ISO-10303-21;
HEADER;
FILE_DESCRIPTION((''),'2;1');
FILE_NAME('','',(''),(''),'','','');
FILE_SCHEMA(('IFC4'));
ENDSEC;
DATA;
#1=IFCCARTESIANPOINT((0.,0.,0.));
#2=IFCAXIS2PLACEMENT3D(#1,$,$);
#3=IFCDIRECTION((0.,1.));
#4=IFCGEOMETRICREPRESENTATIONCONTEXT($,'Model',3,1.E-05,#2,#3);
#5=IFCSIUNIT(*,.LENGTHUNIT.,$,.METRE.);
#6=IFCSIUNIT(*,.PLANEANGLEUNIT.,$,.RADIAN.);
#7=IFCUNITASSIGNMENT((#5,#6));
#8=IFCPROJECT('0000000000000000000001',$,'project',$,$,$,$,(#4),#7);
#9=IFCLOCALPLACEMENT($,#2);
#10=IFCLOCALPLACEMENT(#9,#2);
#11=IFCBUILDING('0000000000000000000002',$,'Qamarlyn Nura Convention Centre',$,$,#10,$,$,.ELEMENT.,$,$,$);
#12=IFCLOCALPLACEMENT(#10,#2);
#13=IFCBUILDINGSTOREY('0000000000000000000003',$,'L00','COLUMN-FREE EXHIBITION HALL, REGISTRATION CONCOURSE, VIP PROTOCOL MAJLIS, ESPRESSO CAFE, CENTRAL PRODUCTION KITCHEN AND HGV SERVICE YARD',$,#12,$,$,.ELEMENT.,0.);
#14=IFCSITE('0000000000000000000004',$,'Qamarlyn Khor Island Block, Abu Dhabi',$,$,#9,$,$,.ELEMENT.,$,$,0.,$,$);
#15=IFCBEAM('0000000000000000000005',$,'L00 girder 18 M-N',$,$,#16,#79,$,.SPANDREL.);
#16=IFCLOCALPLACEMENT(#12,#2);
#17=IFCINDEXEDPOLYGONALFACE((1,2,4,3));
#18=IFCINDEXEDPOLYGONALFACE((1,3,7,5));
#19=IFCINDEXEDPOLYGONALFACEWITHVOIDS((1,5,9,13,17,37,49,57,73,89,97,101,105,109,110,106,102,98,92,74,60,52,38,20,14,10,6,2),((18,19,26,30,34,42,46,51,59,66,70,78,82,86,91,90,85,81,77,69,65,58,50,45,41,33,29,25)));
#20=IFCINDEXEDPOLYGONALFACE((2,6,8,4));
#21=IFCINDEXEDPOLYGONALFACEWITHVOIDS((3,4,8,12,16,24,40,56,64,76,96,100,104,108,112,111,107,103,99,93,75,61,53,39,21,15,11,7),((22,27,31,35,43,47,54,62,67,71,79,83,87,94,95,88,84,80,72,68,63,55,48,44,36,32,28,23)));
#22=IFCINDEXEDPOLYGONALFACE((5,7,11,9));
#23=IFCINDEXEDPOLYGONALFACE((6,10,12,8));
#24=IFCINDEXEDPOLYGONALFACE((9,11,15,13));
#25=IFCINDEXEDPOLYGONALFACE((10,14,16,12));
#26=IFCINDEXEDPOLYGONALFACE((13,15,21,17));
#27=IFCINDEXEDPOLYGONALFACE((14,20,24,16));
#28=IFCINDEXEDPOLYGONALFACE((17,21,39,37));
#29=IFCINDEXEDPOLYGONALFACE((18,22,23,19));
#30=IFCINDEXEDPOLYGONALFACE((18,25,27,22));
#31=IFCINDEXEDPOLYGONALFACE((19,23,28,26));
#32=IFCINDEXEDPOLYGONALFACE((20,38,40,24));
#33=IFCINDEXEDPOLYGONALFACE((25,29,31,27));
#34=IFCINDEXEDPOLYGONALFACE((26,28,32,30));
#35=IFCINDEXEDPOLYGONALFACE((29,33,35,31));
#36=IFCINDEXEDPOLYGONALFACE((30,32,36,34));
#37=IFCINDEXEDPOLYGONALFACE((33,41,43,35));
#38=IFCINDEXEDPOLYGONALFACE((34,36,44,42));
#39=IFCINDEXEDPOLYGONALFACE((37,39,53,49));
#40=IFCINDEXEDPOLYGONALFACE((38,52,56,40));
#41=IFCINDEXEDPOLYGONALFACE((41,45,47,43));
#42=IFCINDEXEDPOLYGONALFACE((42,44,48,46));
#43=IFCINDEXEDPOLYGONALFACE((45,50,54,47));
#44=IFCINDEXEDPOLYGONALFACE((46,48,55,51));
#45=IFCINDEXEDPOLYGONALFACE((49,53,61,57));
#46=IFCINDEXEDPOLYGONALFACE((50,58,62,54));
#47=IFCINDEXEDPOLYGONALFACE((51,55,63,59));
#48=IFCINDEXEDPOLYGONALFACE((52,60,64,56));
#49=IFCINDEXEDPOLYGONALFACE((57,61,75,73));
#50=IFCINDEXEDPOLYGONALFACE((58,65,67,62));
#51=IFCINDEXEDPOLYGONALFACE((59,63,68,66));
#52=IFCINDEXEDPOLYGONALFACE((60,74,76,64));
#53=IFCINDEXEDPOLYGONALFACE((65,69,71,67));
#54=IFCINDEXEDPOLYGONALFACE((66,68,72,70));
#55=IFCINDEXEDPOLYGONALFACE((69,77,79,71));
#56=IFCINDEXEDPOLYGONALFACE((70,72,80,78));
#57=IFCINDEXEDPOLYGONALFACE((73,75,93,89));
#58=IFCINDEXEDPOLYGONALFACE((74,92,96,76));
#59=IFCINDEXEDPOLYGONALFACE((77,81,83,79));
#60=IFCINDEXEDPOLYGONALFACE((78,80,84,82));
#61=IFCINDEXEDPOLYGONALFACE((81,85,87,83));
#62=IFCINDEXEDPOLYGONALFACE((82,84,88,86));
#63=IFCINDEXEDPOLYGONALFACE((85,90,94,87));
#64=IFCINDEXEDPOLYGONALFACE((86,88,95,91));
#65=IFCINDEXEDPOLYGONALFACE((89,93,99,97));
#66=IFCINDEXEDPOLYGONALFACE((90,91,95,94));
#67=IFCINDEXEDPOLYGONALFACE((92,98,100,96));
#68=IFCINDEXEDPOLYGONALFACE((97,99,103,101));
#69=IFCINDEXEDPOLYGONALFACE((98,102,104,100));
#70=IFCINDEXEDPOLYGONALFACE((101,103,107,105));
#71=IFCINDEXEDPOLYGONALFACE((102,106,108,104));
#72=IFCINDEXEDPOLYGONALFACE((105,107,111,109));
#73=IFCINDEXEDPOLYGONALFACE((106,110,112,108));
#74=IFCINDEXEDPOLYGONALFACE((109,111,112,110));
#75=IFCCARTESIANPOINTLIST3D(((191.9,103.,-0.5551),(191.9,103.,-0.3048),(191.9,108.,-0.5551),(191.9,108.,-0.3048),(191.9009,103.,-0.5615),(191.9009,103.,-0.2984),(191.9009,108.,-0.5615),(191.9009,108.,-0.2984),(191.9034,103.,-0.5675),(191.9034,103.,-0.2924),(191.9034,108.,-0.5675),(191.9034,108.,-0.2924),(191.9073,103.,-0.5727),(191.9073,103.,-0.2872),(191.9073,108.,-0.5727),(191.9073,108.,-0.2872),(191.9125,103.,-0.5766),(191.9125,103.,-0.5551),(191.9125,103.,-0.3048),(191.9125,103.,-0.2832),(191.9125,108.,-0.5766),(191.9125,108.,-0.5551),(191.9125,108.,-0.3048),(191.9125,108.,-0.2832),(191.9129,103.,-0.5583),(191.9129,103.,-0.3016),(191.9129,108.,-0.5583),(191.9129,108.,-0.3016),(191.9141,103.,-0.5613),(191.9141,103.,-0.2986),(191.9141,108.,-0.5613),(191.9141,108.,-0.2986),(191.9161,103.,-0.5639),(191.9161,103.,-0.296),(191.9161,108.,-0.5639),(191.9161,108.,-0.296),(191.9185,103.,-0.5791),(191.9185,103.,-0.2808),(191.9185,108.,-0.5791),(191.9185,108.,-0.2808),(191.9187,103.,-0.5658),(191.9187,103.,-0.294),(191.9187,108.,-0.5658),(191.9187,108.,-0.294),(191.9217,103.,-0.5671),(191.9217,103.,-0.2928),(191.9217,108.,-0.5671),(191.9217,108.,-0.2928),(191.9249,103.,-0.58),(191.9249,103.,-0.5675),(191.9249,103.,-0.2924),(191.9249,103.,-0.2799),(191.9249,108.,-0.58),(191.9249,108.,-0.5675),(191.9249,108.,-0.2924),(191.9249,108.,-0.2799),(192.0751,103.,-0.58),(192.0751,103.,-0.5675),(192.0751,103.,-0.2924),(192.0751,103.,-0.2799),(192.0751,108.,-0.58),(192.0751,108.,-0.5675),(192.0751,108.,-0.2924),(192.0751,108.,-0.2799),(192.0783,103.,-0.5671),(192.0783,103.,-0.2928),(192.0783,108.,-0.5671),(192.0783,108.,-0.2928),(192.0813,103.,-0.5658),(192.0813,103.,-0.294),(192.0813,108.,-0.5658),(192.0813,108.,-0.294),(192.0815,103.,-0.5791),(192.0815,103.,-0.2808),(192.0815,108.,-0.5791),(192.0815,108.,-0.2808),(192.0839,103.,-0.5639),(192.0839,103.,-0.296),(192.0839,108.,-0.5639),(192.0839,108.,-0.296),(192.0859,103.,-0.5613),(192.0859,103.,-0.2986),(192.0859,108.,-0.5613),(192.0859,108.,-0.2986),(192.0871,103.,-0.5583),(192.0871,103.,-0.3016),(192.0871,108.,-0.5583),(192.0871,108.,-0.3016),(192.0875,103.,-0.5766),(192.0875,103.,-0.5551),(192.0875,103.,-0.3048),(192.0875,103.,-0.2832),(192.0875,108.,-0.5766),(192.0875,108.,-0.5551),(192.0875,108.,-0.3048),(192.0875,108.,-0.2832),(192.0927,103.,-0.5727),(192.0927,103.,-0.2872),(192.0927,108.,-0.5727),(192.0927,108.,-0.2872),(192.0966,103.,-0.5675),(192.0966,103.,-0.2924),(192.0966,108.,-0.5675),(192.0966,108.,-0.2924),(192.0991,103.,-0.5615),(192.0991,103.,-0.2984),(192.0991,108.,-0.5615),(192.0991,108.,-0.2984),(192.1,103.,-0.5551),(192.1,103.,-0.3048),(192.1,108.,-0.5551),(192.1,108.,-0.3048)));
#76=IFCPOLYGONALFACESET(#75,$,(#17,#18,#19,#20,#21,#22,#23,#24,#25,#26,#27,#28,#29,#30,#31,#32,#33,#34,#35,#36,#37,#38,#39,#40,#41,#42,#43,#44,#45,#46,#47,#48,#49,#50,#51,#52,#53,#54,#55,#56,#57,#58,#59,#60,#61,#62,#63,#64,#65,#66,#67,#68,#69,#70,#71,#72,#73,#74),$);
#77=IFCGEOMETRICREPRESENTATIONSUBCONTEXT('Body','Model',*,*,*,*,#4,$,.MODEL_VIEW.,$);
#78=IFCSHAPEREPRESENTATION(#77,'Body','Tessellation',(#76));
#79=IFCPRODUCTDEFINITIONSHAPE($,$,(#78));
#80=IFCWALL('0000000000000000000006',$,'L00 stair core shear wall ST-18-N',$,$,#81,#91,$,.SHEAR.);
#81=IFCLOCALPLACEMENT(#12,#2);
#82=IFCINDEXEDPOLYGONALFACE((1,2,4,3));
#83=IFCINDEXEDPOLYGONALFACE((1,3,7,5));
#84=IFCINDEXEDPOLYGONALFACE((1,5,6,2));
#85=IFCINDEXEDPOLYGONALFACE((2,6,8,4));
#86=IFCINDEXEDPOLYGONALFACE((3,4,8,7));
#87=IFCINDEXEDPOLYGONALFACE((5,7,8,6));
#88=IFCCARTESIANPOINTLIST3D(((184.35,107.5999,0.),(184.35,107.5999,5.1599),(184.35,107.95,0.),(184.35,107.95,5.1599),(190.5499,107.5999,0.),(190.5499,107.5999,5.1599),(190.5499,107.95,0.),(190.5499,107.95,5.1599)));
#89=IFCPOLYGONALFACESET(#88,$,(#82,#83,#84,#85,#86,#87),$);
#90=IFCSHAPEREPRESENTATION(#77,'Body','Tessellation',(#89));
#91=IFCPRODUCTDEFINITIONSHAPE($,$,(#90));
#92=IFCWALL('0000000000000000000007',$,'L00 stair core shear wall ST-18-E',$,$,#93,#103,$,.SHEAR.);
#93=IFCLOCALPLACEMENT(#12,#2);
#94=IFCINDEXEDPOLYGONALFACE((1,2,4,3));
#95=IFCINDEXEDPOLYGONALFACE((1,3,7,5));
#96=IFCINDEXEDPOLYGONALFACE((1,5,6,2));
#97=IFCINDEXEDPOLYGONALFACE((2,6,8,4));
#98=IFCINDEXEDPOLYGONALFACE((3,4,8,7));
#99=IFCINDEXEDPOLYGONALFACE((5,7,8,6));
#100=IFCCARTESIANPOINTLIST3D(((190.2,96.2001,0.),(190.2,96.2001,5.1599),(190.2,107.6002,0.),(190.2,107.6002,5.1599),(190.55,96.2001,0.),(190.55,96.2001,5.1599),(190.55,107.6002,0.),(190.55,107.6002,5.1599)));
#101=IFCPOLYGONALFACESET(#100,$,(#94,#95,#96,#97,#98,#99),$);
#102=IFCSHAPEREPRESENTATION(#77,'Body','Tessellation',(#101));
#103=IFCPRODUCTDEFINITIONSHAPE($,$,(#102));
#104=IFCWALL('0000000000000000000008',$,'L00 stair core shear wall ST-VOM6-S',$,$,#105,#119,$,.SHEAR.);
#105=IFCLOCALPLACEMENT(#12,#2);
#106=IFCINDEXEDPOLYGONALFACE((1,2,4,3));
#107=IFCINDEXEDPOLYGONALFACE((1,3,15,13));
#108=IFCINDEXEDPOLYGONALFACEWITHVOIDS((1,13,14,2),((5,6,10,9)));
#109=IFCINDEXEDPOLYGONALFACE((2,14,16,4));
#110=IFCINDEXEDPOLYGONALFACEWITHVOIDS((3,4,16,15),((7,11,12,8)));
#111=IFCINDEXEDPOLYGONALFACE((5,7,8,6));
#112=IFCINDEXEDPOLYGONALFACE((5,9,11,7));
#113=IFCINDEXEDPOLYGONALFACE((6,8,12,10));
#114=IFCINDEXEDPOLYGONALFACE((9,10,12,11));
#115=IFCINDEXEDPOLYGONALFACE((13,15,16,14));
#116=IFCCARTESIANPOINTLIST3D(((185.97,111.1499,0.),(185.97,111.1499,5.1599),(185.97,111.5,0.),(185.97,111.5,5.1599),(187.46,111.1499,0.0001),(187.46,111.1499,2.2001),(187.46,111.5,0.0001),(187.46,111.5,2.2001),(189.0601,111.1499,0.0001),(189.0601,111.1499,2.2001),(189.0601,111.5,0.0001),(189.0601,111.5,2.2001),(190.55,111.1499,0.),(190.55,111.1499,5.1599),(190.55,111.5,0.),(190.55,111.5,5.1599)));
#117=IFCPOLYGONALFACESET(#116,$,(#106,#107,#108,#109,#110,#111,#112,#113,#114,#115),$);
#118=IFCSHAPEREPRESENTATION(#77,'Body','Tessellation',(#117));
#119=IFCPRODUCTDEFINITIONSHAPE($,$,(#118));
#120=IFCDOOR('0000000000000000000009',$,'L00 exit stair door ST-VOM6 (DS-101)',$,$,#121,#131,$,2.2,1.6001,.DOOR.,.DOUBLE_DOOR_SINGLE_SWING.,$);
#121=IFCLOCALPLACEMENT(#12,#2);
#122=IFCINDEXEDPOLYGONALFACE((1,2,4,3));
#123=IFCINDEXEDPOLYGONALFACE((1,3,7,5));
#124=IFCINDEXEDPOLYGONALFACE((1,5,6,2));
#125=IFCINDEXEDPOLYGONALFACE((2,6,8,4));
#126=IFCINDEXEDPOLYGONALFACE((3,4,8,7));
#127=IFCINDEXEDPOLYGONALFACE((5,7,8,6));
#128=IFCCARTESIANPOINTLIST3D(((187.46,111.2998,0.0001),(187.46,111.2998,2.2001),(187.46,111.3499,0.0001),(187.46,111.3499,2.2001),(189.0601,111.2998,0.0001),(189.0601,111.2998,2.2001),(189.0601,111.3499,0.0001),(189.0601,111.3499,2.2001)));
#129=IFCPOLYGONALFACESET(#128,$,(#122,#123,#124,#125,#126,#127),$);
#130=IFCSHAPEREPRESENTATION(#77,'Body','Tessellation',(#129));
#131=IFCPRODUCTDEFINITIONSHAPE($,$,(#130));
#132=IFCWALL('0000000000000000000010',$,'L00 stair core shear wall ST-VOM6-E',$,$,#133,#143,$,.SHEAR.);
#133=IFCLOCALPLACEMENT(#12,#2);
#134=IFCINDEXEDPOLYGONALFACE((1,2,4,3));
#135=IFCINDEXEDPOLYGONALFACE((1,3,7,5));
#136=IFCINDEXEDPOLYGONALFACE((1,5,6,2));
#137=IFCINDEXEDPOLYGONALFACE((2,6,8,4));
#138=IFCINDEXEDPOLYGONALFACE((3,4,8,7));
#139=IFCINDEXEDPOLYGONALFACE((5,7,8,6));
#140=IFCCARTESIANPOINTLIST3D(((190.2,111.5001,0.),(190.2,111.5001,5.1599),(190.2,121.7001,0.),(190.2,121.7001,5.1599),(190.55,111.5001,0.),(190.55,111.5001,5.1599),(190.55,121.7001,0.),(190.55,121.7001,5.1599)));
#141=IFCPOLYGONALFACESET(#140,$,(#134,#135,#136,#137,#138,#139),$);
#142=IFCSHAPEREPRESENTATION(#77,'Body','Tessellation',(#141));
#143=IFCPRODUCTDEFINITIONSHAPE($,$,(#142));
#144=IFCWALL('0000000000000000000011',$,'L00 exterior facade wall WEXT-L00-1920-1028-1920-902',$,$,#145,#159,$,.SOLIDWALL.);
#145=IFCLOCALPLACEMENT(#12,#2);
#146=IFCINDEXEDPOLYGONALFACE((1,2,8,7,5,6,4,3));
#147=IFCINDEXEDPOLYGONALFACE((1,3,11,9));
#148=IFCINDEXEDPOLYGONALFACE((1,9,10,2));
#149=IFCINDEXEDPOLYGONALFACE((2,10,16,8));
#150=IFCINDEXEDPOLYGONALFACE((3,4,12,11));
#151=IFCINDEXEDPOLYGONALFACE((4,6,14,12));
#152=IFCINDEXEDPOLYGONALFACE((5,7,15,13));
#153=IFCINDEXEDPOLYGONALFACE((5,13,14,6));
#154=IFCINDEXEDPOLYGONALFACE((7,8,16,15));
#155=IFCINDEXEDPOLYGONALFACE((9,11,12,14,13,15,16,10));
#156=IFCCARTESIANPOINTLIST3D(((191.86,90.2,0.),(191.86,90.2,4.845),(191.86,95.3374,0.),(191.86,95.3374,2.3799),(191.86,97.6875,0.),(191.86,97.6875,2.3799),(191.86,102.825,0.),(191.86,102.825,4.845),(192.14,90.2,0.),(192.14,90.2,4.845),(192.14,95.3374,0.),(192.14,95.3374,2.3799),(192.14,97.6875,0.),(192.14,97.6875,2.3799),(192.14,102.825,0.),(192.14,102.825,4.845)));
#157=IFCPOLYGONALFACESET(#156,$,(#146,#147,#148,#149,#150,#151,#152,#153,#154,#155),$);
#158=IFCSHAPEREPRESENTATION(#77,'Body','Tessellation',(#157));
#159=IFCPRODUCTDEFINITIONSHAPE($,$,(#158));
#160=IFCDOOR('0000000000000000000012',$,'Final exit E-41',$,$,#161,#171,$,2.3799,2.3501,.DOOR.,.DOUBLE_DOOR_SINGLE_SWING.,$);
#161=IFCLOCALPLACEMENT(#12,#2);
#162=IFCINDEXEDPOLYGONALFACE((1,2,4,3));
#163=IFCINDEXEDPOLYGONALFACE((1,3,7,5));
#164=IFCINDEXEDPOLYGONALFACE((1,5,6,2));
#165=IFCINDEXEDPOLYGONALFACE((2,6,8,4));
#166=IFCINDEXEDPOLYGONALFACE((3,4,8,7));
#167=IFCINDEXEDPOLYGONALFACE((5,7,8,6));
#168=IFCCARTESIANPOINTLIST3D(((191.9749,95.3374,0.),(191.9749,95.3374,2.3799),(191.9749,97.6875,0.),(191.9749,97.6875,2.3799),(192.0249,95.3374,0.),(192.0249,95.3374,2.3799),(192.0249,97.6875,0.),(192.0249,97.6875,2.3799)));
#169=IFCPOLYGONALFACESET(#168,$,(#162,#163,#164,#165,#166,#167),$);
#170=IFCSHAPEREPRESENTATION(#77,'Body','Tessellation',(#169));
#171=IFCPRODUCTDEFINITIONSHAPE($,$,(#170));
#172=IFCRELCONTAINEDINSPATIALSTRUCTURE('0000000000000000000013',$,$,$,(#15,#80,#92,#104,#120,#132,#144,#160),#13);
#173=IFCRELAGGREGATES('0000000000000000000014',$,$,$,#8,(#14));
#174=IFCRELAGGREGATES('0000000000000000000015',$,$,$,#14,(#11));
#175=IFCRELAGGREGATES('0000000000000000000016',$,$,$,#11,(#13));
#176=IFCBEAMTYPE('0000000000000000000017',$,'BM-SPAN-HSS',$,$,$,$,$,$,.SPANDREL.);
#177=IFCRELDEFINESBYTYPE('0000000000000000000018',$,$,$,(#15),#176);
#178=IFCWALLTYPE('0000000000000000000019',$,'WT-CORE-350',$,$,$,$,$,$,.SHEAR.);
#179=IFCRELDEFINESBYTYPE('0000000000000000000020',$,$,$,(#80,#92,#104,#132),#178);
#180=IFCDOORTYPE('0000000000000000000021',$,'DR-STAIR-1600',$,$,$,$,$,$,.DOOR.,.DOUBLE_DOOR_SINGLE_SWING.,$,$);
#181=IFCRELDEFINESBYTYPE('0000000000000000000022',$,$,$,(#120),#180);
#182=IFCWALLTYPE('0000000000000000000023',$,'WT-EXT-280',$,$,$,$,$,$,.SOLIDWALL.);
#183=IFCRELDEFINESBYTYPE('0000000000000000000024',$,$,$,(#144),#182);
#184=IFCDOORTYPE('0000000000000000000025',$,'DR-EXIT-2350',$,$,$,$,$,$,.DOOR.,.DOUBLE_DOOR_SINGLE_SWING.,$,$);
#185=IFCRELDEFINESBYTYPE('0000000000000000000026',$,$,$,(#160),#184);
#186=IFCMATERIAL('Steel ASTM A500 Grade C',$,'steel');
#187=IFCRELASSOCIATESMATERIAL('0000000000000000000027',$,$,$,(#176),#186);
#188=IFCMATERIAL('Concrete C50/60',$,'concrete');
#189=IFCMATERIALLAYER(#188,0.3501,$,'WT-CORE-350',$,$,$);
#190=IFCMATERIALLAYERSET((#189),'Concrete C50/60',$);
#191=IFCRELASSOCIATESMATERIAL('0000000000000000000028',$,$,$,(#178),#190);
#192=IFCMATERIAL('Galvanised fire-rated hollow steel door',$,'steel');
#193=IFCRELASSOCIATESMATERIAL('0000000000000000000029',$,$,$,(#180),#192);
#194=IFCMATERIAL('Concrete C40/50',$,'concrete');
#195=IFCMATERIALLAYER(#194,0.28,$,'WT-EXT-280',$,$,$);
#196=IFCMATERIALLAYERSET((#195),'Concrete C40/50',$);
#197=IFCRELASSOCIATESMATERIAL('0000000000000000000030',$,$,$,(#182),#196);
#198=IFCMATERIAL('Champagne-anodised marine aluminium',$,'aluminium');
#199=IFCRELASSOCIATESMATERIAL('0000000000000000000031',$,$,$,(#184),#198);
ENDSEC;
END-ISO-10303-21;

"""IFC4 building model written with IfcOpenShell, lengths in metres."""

from ifc_helpers import new_model, si_unit, direction, frame, frame_2d, origin, origin_2d, place, context, subcontext, project, spatial, rectangle, hollow_rectangle, extrude, material, layer, layer_set, material_profile, profile_set, type_object, element, fill, save


model = new_model("IFC4")

# Units and contexts
model_context = context("Model", 3, precision=1e-05, world=origin(), true_north=direction((0.0, 1.0)))
body_context = subcontext(model_context, "Body", "Model", "MODEL_VIEW")
ifc_project = project(units=[si_unit("LENGTHUNIT", "METRE"), si_unit("PLANEANGLEUNIT", "RADIAN")], contexts=[model_context])

# Site, building, storey
site_placement = place(None, origin())
site = spatial("IfcSite", under=ifc_project, at=site_placement, Name="Qamarlyn Khor Island Block, Abu Dhabi", CompositionType="ELEMENT", RefElevation=0.0)
building_placement = place(site_placement, origin())
building = spatial("IfcBuilding", under=site, at=building_placement, Name="Qamarlyn Nura Convention Centre", CompositionType="ELEMENT")
storey_placement = place(building_placement, origin())
storey = spatial("IfcBuildingStorey", under=building, at=storey_placement, Name="L00", Description="COLUMN-FREE EXHIBITION HALL, REGISTRATION CONCOURSE, VIP PROTOCOL MAJLIS, ESPRESSO CAFE, CENTRAL PRODUCTION KITCHEN AND HGV SERVICE YARD", CompositionType="ELEMENT", Elevation=0.0)

# Shared definitions
ifc_material_1 = material(Name="Steel ASTM A500 Grade C", Category="steel")

# Beam
ifc_material_profile_1 = material_profile(ifc_material_1, hollow_rectangle(XDim=0.2, YDim=0.3, WallThickness=0.0125, InnerFilletRadius=0.0125, OuterFilletRadius=0.0249, at=origin_2d()), Name="HSS300X200X12.5")
ifc_profile_set_1 = profile_set([ifc_material_profile_1], Name="Steel ASTM A500 Grade C")
beam_type_1 = type_object("IfcBeamType", Name="BM-SPAN-HSS", PredefinedType="SPANDREL", material=ifc_profile_set_1)
beam_1_placement = place(storey_placement, frame((192.0, 103.0, -0.4299), z_axis=(0.0, 1.0, 0.0), x_axis=(-1.0, 0.0, 0.0)))
element("IfcBeam", 1, at=beam_1_placement, inside=storey, type_object=beam_type_1, Name="L00 girder 18 M-N", PredefinedType="SPANDREL", context=body_context, shape_type="SweptSolid", body=[
    extrude(hollow_rectangle(XDim=0.2, YDim=0.3, WallThickness=0.0125, InnerFilletRadius=0.0125, OuterFilletRadius=0.0249, at=origin_2d()), origin(), (0.0, 0.0, 1.0), 5.0),
])

# Walls
ifc_material_2 = material(Name="Concrete C50/60", Category="concrete")
ifc_layer_1 = layer(ifc_material_2, 0.3501, Name="WT-CORE-350")
ifc_layer_set_1 = layer_set([ifc_layer_1], Name="Concrete C50/60")
wall_type_1 = type_object("IfcWallType", Name="WT-CORE-350", PredefinedType="SHEAR", material=ifc_layer_set_1)
wall_1_placement = place(storey_placement, frame((190.55, 107.7749, 0.0), z_axis=(0.0, 0.0, 1.0), x_axis=(-1.0, 0.0, 0.0)))
element("IfcWall", 2, at=wall_1_placement, inside=storey, type_object=wall_type_1, Name="L00 stair core shear wall ST-18-N", PredefinedType="SHEAR", context=body_context, shape_type="SweptSolid", body=[
    extrude(rectangle(XDim=6.2, YDim=0.3501, at=frame_2d((3.1001, 0.0))), origin(), (0.0, 0.0, 1.0), 5.1599),
])
wall_2_placement = place(storey_placement, frame((190.375, 96.2, 0.0), z_axis=(0.0, 0.0, 1.0), x_axis=(0.0, 1.0, 0.0)))
element("IfcWall", 3, at=wall_2_placement, inside=storey, type_object=wall_type_1, Name="L00 stair core shear wall ST-18-E", PredefinedType="SHEAR", context=body_context, shape_type="SweptSolid", body=[
    extrude(rectangle(XDim=11.4001, YDim=0.3501, at=frame_2d((5.7002, 0.0))), origin(), (0.0, 0.0, 1.0), 5.1599),
])

# Wall, opening, door
wall_3_placement = place(storey_placement, frame((185.97, 111.325, 0.0), z_axis=(0.0, 0.0, 1.0), x_axis=(1.0, 0.0, 0.0)))
wall_3 = element("IfcWall", 4, at=wall_3_placement, inside=storey, type_object=wall_type_1, Name="L00 stair core shear wall ST-VOM6-S", PredefinedType="SHEAR", context=body_context, shape_type="SweptSolid", body=[
    extrude(rectangle(XDim=4.5801, YDim=0.3501, at=frame_2d((2.29, 0.0))), origin(), (0.0, 0.0, 1.0), 5.1599),
])
opening_1_placement = place(wall_3_placement, frame((1.49, 0.0, 0.0)))
opening_1 = element("IfcOpeningElement", 5, at=opening_1_placement, cuts=wall_3, PredefinedType="OPENING", context=body_context, shape_type="SweptSolid", body=[
    extrude(rectangle(XDim=1.6001, YDim=2.2, at=frame_2d((0.8, 1.1001))), frame((0.0, 0.1851, 0.0), z_axis=(0.0, -1.0, 0.0), x_axis=(1.0, 0.0, 0.0)), (0.0, 0.0, 1.0), 0.3701),
])
ifc_material_3 = material(Name="Galvanised fire-rated hollow steel door", Category="steel")
door_type_1 = type_object("IfcDoorType", Name="DR-STAIR-1600", OperationType="DOUBLE_DOOR_SINGLE_SWING", PredefinedType="DOOR", material=ifc_material_3)
door_1_placement = place(opening_1_placement, origin())
door_1 = element("IfcDoor", 6, at=door_1_placement, inside=storey, type_object=door_type_1, Name="L00 exit stair door ST-VOM6 (DS-101)", OperationType="DOUBLE_DOOR_SINGLE_SWING", OverallHeight=2.2, OverallWidth=1.6001, PredefinedType="DOOR", context=body_context, shape_type="SweptSolid", body=[
    extrude(rectangle(XDim=1.6001, YDim=2.2, at=frame_2d((0.8, 1.1001))), frame((0.0, 0.0249, 0.0), z_axis=(0.0, -1.0, 0.0), x_axis=(1.0, 0.0, 0.0)), (0.0, 0.0, 1.0), 0.05),
])
fill(opening_1, door_1)

# Wall
wall_4_placement = place(storey_placement, frame((190.375, 111.5, 0.0), z_axis=(0.0, 0.0, 1.0), x_axis=(0.0, 1.0, 0.0)))
element("IfcWall", 7, at=wall_4_placement, inside=storey, type_object=wall_type_1, Name="L00 stair core shear wall ST-VOM6-E", PredefinedType="SHEAR", context=body_context, shape_type="SweptSolid", body=[
    extrude(rectangle(XDim=10.2, YDim=0.3501, at=frame_2d((5.1001, 0.0))), origin(), (0.0, 0.0, 1.0), 5.1599),
])

# Wall, opening, door
ifc_material_4 = material(Name="Concrete C40/50", Category="concrete")
ifc_layer_2 = layer(ifc_material_4, 0.28, Name="WT-EXT-280")
ifc_layer_set_2 = layer_set([ifc_layer_2], Name="Concrete C40/50")
wall_type_2 = type_object("IfcWallType", Name="WT-EXT-280", PredefinedType="SOLIDWALL", material=ifc_layer_set_2)
wall_5_placement = place(storey_placement, frame((192.0, 102.825, 0.0), z_axis=(0.0, 0.0, 1.0), x_axis=(0.0, -1.0, 0.0)))
wall_5 = element("IfcWall", 8, at=wall_5_placement, inside=storey, type_object=wall_type_2, Name="L00 exterior facade wall WEXT-L00-1920-1028-1920-902", PredefinedType="SOLIDWALL", context=body_context, shape_type="SweptSolid", body=[
    extrude(rectangle(XDim=12.625, YDim=0.28, at=frame_2d((6.3125, 0.0))), origin(), (0.0, 0.0, 1.0), 4.845),
])
opening_2_placement = place(wall_5_placement, frame((5.1375, 0.0, 0.0)))
opening_2 = element("IfcOpeningElement", 9, at=opening_2_placement, cuts=wall_5, PredefinedType="OPENING", context=body_context, shape_type="SweptSolid", body=[
    extrude(rectangle(XDim=2.3501, YDim=2.3799, at=frame_2d((1.175, 1.1899))), frame((0.0, 0.1499, 0.0), z_axis=(0.0, -1.0, 0.0), x_axis=(1.0, 0.0, 0.0)), (0.0, 0.0, 1.0), 0.3),
])
ifc_material_5 = material(Name="Champagne-anodised marine aluminium", Category="aluminium")
door_type_2 = type_object("IfcDoorType", Name="DR-EXIT-2350", OperationType="DOUBLE_DOOR_SINGLE_SWING", PredefinedType="DOOR", material=ifc_material_5)
door_2_placement = place(opening_2_placement, origin())
door_2 = element("IfcDoor", 10, at=door_2_placement, inside=storey, type_object=door_type_2, Name="Final exit E-41", OperationType="DOUBLE_DOOR_SINGLE_SWING", OverallHeight=2.3799, OverallWidth=2.3501, PredefinedType="DOOR", context=body_context, shape_type="SweptSolid", body=[
    extrude(rectangle(XDim=2.3501, YDim=2.3799, at=frame_2d((1.175, 1.1899))), frame((0.0, 0.0249, 0.0), z_axis=(0.0, -1.0, 0.0), x_axis=(1.0, 0.0, 0.0)), (0.0, 0.0, 1.0), 0.05),
])
fill(opening_2, door_2)

save(model, "model.ifc")
